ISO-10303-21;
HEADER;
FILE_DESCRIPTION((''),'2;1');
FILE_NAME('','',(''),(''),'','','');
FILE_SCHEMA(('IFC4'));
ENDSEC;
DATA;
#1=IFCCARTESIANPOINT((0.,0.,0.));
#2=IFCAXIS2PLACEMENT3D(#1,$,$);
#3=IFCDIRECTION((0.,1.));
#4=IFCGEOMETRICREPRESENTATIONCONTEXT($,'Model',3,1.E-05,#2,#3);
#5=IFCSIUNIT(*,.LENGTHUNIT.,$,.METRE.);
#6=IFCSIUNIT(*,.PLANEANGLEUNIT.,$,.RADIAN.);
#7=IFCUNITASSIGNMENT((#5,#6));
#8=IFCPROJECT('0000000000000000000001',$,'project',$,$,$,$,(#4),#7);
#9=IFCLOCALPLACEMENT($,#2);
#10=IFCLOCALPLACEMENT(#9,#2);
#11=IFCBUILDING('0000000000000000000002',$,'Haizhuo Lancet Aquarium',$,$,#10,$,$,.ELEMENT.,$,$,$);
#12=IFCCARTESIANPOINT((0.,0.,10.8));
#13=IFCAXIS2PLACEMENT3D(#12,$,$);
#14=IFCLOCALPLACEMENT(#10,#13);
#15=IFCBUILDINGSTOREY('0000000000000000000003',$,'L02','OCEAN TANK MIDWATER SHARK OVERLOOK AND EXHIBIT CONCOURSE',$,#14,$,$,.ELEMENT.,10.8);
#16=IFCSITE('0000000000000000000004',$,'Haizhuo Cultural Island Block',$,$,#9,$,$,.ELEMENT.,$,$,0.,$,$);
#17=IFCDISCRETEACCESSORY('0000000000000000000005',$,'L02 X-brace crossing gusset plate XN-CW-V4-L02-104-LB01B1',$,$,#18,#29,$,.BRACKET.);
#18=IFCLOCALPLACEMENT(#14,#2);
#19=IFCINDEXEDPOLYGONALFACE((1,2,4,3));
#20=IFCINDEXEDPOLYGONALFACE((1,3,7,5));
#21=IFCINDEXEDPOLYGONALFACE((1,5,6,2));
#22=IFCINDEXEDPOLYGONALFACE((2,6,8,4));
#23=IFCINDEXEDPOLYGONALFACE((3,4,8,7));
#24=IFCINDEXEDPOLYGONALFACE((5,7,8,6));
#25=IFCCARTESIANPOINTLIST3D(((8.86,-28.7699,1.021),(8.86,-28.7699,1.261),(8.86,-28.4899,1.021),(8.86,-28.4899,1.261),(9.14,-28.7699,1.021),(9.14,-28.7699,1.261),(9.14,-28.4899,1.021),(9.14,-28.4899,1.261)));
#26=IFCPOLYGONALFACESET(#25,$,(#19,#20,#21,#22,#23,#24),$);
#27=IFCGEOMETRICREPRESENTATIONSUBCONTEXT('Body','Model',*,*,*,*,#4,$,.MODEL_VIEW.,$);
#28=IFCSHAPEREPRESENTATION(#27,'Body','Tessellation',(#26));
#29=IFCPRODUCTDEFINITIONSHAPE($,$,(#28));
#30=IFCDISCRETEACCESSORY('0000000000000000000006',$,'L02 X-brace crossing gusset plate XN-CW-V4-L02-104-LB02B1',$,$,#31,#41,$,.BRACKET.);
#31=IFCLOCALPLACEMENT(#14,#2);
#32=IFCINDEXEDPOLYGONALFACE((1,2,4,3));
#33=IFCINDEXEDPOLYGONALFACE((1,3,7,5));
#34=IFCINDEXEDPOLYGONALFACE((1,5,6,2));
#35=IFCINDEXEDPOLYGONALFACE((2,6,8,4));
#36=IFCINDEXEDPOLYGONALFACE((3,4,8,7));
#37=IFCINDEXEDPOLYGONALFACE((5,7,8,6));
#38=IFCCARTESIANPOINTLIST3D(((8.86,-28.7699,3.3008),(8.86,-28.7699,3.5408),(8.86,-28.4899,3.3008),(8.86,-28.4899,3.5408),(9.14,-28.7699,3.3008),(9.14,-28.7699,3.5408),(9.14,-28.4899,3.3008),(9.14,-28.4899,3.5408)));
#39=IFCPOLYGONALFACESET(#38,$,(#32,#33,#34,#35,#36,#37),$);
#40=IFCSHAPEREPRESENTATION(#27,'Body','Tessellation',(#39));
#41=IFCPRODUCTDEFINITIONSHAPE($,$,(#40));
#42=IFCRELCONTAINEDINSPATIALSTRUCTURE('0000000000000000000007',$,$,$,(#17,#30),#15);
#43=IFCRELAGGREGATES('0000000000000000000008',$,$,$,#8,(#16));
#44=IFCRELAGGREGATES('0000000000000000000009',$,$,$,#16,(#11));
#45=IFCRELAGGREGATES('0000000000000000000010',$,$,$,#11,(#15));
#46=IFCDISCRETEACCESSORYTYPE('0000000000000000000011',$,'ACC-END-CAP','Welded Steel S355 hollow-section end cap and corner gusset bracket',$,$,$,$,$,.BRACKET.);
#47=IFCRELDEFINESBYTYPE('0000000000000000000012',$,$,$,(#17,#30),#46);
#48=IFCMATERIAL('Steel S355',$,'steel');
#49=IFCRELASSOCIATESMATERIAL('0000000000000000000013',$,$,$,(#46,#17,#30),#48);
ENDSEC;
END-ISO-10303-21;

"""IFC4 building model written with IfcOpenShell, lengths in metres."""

from ifc_helpers import new_model, si_unit, direction, frame, origin, origin_2d, place, context, subcontext, project, spatial, rectangle, extrude, material, type_object, element, save


model = new_model("IFC4")

# Units and contexts
model_context = context("Model", 3, precision=1e-05, world=origin(), true_north=direction((0.0, 1.0)))
body_context = subcontext(model_context, "Body", "Model", "MODEL_VIEW")
ifc_project = project(units=[si_unit("LENGTHUNIT", "METRE"), si_unit("PLANEANGLEUNIT", "RADIAN")], contexts=[model_context])

# Site, building, storey
site_placement = place(None, origin())
site = spatial("IfcSite", under=ifc_project, at=site_placement, Name="Haizhuo Cultural Island Block", CompositionType="ELEMENT", RefElevation=0.0)
building_placement = place(site_placement, origin())
building = spatial("IfcBuilding", under=site, at=building_placement, Name="Haizhuo Lancet Aquarium", CompositionType="ELEMENT")
storey_placement = place(building_placement, frame((0.0, 0.0, 10.8)))
storey = spatial("IfcBuildingStorey", under=building, at=storey_placement, Name="L02", Description="OCEAN TANK MIDWATER SHARK OVERLOOK AND EXHIBIT CONCOURSE", CompositionType="ELEMENT", Elevation=10.8)

# Shared definitions
ifc_material_1 = material(Name="Steel S355", Category="steel")

# Discrete accessories
discrete_accessory_type = type_object("IfcDiscreteAccessoryType", Name="ACC-END-CAP", Description="Welded Steel S355 hollow-section end cap and corner gusset bracket", PredefinedType="BRACKET", material=ifc_material_1)
for number, where, z_axis, x_axis, name in (
    (1, (9.0, -28.6299, 1.021), (0.0, 0.0, 1.0), (1.0, 0.0, 0.0), "L02 X-brace crossing gusset plate XN-CW-V4-L02-104-LB01B1"),
    (2, (9.0, -28.6299, 3.3008), (0.0, 0.0, 1.0), (1.0, 0.0, 0.0), "L02 X-brace crossing gusset plate XN-CW-V4-L02-104-LB02B1"),
):
    element("IfcDiscreteAccessory", number, at=place(storey_placement, frame(where, z_axis=z_axis, x_axis=x_axis)), inside=storey, type_object=discrete_accessory_type, material=ifc_material_1, Name=name, PredefinedType="BRACKET", context=body_context, shape_type="SweptSolid", body=[
        extrude(rectangle(XDim=0.28, YDim=0.28, at=origin_2d()), origin(), (0.0, 0.0, 1.0), 0.24),
    ])

save(model, "model.ifc")
